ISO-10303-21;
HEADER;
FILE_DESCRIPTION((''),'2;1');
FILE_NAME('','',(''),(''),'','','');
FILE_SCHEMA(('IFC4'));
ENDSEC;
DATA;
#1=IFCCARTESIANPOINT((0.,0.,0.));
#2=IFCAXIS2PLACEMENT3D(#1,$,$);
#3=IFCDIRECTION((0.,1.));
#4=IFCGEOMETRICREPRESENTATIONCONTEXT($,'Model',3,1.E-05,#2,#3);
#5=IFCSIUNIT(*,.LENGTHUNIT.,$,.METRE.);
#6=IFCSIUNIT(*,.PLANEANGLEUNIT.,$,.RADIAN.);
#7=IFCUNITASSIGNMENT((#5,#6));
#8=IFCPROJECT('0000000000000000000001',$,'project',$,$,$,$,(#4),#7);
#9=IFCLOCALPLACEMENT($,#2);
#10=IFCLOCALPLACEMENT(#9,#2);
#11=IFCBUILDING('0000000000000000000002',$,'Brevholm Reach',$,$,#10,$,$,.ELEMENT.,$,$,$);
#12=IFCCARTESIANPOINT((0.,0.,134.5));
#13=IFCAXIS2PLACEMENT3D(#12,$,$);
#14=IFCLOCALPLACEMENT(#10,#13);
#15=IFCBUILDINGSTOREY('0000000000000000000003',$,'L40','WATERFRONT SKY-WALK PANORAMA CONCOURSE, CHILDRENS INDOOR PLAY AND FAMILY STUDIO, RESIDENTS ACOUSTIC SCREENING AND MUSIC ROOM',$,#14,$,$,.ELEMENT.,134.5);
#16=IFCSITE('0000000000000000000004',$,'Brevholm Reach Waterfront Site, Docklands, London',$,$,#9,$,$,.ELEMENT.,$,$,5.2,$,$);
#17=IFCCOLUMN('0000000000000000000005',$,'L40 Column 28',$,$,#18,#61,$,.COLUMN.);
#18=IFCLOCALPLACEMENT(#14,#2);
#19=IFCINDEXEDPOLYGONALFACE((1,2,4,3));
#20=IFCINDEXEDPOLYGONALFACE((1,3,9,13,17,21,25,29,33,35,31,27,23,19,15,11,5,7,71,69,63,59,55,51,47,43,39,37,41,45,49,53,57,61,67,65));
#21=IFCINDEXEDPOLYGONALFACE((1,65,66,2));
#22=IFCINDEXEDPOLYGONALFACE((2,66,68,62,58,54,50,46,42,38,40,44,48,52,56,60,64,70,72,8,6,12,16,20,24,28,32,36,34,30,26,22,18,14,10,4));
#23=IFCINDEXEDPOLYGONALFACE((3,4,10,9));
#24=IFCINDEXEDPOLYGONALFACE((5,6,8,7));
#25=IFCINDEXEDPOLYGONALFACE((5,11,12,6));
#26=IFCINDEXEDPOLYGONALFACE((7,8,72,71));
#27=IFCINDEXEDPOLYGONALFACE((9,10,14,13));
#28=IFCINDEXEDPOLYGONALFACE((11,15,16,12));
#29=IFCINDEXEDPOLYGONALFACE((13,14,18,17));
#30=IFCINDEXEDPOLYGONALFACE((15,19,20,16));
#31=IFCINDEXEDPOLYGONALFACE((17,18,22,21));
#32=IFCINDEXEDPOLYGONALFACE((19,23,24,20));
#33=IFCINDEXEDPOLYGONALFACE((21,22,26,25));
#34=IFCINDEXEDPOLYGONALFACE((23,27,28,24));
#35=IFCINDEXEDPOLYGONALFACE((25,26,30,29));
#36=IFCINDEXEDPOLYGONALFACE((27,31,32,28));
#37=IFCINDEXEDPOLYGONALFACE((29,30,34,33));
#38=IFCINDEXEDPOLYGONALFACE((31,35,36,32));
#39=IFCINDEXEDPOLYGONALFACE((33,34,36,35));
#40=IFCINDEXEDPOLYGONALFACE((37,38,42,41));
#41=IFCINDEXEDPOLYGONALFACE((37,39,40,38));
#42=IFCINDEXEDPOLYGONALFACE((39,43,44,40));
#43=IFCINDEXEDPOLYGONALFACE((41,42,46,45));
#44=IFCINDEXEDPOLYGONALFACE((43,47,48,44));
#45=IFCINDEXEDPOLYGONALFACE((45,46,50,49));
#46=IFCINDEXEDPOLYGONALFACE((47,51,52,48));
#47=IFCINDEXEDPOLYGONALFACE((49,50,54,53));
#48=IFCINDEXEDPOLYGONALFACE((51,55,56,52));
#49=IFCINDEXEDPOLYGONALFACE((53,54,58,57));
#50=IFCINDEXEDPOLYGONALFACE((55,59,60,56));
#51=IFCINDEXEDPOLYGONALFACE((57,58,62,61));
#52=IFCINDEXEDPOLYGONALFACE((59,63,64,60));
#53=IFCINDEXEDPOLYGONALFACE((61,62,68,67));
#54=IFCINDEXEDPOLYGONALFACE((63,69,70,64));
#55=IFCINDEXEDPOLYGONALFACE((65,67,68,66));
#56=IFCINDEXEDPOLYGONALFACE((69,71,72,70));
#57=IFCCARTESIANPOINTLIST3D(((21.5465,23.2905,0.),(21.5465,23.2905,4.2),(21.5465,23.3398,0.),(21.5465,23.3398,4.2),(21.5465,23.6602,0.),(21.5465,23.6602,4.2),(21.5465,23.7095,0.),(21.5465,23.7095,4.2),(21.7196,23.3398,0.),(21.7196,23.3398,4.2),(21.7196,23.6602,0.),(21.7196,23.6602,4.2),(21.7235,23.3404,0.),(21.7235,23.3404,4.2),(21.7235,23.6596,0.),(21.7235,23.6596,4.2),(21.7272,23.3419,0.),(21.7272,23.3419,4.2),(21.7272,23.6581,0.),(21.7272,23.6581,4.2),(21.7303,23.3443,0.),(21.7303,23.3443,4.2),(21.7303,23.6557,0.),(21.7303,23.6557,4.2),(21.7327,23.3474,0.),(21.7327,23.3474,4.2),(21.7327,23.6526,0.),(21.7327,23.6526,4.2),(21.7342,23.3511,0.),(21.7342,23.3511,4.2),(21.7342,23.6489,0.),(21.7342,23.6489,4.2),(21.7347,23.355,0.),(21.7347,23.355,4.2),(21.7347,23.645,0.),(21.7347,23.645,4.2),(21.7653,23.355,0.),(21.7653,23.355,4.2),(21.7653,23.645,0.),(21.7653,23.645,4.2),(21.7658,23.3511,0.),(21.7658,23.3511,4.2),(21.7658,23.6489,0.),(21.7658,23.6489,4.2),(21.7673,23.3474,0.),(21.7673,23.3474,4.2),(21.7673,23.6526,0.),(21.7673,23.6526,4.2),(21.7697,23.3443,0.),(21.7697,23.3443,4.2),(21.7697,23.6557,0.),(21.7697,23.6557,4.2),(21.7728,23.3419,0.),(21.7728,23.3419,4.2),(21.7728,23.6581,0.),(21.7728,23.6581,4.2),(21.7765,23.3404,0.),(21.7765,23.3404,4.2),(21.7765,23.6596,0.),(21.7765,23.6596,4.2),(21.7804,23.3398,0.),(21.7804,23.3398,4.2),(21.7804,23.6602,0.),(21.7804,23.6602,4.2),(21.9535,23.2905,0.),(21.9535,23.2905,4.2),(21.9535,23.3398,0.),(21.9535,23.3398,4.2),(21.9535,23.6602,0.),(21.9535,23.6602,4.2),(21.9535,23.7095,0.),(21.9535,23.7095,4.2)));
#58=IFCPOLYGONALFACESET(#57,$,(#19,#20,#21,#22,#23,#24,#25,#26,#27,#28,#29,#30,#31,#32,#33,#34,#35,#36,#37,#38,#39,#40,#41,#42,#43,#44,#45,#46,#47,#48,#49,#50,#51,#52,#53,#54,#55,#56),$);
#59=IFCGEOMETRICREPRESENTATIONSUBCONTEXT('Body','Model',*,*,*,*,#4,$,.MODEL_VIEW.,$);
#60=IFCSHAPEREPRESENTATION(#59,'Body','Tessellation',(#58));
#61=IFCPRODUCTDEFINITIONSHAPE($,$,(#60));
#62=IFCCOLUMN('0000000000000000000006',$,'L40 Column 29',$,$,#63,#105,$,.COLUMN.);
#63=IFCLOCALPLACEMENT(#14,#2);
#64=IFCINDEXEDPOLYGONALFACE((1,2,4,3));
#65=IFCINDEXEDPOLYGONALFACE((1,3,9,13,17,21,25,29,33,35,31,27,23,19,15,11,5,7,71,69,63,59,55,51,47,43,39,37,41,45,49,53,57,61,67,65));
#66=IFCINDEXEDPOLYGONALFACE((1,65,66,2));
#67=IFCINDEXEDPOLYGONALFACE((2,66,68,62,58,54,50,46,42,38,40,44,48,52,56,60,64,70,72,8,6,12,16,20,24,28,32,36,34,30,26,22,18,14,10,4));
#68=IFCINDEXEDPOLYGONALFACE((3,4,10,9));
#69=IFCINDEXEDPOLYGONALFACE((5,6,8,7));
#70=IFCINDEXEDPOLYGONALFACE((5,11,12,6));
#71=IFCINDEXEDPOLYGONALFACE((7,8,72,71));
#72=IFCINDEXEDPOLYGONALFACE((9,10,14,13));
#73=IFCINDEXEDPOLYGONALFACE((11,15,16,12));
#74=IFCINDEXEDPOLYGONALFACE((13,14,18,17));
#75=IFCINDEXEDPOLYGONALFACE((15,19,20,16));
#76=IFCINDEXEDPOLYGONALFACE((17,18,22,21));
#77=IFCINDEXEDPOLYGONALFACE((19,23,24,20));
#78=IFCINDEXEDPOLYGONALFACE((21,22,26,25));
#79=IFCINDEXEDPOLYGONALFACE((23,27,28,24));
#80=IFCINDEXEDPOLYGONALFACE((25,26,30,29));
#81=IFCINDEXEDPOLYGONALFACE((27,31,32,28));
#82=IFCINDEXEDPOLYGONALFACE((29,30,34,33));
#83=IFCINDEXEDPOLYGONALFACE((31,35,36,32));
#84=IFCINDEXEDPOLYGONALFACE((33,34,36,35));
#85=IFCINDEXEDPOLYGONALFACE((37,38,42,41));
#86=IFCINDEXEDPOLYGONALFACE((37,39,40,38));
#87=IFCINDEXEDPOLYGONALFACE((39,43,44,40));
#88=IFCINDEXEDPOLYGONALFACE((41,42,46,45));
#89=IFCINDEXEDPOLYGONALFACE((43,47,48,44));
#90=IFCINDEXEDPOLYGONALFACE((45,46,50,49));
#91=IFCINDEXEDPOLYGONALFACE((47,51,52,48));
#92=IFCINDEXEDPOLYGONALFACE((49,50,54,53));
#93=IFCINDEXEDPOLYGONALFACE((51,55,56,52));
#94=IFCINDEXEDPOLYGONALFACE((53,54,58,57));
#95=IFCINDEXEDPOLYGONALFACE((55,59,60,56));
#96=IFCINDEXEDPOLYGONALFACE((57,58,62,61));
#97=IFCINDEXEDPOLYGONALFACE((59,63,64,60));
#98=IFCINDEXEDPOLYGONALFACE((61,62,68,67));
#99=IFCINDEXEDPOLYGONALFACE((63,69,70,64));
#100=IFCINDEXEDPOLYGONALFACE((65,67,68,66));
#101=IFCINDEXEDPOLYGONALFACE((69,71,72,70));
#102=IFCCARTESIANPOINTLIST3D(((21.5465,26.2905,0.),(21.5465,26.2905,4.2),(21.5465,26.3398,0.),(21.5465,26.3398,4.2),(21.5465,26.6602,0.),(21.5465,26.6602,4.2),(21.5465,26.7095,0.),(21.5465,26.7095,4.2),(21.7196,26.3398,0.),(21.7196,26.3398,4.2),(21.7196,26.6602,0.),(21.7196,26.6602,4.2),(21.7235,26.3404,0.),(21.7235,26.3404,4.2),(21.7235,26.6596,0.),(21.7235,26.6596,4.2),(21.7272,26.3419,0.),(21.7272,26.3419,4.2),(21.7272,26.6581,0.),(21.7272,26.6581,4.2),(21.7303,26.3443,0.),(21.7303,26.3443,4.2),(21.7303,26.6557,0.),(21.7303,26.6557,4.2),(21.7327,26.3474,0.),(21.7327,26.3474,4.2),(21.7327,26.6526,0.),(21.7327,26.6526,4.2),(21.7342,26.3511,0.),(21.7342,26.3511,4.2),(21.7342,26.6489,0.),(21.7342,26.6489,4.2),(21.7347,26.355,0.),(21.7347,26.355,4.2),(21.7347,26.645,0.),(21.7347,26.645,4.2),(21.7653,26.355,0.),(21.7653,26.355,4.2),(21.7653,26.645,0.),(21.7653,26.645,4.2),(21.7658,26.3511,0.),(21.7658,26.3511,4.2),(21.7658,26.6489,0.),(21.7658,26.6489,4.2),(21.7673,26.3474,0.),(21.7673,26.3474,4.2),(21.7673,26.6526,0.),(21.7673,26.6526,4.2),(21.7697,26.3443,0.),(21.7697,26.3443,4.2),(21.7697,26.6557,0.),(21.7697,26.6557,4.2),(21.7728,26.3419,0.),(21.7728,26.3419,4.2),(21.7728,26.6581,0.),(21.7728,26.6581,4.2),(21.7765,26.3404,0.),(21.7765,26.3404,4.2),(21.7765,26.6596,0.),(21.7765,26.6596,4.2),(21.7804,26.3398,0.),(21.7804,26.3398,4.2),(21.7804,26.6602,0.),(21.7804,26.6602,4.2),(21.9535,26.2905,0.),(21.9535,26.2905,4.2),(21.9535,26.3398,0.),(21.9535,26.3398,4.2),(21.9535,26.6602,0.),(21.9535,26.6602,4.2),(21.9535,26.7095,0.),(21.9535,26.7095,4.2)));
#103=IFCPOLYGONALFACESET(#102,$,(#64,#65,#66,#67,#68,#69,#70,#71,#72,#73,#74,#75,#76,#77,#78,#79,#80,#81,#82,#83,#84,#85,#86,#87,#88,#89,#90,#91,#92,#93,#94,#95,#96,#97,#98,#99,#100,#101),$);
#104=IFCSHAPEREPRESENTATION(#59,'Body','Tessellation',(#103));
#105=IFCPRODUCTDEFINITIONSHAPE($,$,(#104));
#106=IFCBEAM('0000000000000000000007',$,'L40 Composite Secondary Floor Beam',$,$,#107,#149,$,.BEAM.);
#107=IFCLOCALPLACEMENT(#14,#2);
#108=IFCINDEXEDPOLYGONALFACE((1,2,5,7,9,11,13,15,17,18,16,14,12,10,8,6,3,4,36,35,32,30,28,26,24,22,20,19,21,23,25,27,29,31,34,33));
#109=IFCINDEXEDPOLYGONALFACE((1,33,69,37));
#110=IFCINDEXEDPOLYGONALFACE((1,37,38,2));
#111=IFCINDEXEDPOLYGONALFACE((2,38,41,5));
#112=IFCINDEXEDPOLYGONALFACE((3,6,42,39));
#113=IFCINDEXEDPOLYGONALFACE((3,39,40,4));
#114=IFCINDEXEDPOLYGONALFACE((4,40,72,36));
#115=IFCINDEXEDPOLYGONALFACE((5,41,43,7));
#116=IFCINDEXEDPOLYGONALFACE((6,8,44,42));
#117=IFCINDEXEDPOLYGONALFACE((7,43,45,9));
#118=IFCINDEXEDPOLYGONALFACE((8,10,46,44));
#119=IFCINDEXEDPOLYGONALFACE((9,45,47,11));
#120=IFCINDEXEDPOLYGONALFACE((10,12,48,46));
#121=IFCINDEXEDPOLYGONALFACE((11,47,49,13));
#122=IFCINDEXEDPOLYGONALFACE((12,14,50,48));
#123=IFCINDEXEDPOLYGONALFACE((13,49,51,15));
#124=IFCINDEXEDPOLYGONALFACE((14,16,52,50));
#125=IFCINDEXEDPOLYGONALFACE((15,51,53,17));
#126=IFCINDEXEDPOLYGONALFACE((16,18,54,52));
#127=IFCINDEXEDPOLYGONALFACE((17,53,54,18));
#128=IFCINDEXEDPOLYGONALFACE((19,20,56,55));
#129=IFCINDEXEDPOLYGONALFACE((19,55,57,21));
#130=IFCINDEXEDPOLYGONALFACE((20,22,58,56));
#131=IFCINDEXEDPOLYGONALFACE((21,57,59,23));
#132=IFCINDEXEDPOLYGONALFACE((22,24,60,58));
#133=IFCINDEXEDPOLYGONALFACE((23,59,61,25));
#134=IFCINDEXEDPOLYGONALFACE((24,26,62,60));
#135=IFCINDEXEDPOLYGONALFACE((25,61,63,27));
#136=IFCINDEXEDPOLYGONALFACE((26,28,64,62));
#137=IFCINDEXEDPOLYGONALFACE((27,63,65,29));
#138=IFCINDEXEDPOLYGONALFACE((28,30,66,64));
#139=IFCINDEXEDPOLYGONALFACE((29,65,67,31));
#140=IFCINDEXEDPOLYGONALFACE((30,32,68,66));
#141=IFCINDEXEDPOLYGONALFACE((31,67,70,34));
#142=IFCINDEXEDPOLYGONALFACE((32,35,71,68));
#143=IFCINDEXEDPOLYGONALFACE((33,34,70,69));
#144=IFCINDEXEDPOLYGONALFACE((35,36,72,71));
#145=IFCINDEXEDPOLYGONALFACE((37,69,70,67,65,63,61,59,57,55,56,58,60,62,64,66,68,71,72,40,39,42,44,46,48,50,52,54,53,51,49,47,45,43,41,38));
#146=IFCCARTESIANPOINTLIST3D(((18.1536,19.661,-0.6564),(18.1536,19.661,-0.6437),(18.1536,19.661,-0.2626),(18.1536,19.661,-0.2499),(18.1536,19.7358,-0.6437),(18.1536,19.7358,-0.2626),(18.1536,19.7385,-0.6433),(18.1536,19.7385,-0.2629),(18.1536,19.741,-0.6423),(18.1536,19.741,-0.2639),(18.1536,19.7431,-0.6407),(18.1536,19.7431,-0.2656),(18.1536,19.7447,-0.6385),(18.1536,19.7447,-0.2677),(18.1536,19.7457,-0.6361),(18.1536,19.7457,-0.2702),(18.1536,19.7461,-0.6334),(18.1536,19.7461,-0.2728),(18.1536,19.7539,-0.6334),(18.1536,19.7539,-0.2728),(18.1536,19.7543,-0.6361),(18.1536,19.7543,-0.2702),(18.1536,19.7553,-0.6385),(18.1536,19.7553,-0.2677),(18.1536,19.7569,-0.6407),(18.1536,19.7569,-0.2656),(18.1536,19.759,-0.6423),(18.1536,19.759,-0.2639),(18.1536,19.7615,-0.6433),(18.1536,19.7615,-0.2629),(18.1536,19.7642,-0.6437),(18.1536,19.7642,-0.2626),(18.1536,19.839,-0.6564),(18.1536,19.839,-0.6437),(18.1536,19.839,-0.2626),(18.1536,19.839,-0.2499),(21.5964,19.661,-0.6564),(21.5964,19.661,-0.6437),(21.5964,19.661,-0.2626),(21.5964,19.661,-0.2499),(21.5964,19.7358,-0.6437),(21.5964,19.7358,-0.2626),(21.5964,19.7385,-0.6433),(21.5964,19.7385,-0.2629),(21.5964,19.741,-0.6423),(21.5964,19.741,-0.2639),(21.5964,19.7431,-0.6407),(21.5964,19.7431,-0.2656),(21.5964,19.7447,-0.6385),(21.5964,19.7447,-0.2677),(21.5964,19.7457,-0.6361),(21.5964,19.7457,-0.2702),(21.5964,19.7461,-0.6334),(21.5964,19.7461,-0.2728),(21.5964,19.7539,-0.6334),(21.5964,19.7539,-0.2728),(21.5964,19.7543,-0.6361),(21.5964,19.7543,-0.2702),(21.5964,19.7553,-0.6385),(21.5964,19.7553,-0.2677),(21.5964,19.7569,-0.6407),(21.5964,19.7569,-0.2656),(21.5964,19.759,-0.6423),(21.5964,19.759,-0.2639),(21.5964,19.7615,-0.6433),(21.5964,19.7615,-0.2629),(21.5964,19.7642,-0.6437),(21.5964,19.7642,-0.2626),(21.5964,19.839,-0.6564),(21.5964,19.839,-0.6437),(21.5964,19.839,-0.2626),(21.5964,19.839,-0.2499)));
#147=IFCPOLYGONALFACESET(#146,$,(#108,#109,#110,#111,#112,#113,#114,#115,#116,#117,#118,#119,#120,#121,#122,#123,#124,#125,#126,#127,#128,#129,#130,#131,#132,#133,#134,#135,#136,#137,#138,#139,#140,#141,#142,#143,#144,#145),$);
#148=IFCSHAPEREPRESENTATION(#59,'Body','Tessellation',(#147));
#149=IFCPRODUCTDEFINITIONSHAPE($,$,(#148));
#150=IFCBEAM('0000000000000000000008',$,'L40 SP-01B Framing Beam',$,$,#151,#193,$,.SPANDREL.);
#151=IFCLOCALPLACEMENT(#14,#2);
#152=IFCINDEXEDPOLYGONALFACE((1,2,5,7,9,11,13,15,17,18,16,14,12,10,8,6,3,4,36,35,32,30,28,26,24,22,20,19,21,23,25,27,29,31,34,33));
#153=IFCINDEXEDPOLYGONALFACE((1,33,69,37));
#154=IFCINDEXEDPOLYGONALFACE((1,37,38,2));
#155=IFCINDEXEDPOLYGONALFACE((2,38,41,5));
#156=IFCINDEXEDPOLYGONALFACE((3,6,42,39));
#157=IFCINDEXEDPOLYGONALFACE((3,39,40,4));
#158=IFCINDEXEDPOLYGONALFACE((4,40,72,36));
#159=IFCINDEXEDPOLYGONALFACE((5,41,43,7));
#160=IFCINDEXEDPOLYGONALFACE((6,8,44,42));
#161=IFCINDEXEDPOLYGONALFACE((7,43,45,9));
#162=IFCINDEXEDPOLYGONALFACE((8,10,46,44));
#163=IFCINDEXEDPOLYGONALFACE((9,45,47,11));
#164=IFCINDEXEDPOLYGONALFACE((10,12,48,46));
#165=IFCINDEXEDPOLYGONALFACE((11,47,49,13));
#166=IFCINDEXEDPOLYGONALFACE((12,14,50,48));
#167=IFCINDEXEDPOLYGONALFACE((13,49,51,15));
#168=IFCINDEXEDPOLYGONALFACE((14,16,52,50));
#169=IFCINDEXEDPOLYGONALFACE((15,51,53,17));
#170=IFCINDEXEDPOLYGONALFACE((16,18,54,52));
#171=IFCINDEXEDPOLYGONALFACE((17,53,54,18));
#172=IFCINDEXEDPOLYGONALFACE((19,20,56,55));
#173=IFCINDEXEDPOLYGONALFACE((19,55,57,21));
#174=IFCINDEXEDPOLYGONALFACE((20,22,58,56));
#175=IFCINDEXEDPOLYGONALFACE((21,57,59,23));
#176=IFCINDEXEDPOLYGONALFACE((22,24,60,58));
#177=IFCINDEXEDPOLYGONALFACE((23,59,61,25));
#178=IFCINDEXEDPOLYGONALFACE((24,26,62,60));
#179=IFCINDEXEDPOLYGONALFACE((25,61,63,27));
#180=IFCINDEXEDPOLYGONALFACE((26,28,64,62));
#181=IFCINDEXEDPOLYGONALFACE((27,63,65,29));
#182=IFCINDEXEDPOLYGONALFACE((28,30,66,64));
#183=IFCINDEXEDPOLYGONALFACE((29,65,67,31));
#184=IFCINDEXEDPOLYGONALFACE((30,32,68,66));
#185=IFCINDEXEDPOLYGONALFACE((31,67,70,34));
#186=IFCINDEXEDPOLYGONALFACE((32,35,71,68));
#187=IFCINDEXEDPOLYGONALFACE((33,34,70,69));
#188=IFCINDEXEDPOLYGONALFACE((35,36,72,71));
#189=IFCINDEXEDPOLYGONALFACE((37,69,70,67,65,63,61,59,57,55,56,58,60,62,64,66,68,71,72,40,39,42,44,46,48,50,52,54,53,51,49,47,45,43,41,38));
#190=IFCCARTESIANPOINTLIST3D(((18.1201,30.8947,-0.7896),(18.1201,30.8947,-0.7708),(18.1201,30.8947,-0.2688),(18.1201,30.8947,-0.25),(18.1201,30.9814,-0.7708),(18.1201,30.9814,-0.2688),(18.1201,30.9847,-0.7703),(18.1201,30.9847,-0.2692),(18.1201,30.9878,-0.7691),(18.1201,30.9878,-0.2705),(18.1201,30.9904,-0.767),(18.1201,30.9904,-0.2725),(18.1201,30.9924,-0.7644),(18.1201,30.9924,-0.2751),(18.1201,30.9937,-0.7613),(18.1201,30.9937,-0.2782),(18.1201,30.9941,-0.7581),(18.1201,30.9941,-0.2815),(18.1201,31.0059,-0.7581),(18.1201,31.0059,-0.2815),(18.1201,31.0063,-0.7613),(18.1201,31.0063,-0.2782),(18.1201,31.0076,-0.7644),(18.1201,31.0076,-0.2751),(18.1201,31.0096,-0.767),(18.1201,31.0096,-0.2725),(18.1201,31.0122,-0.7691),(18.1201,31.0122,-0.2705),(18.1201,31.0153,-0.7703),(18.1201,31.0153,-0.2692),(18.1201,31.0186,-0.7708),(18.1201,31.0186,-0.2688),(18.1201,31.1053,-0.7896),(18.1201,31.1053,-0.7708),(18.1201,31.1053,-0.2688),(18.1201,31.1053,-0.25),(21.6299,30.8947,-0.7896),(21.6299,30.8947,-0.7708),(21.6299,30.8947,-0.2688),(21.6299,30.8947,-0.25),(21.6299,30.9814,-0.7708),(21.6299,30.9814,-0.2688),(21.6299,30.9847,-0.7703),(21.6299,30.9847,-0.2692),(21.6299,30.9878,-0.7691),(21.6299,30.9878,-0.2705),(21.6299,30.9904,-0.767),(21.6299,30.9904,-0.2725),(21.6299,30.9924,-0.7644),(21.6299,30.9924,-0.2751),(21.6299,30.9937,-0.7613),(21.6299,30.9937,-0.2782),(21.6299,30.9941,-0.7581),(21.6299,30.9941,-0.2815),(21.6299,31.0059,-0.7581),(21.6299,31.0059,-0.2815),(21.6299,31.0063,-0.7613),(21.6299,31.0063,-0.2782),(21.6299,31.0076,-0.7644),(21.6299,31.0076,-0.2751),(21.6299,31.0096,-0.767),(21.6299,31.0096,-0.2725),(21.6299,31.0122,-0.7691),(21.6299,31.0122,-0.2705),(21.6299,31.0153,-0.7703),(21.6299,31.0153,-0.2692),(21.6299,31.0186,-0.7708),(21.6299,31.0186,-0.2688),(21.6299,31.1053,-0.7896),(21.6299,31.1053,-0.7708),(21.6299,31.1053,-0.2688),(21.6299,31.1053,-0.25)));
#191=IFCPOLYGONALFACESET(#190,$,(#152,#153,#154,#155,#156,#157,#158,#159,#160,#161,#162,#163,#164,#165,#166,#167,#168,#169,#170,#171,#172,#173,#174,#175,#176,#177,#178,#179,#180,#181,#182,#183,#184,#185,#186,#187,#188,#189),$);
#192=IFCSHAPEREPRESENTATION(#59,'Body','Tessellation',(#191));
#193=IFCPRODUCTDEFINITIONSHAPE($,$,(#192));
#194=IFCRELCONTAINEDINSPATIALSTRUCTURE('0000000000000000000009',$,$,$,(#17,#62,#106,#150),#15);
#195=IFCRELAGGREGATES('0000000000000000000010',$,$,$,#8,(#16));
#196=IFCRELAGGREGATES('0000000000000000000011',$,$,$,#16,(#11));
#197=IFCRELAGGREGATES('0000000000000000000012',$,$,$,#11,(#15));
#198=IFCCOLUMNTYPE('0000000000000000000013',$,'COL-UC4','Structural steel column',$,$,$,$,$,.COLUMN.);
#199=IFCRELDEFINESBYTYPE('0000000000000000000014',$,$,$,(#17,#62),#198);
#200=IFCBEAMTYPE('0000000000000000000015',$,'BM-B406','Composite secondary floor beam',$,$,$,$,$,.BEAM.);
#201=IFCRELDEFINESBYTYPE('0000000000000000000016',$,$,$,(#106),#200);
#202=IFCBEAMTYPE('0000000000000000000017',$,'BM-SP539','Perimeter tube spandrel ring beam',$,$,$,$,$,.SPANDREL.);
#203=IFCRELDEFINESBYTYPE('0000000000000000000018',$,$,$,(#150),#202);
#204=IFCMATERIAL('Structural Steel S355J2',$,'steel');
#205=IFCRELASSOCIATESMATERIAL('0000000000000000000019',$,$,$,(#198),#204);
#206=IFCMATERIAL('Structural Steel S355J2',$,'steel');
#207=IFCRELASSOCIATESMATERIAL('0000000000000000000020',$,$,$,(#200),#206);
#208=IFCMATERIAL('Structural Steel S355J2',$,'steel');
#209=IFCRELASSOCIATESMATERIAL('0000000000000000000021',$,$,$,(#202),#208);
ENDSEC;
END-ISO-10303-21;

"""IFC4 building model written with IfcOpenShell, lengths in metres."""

from ifc_helpers import new_model, si_unit, direction, frame, origin, origin_2d, place, context, subcontext, project, spatial, i_section, extrude, material, material_profile, profile_set, type_object, element, save


model = new_model("IFC4")

# Units and contexts
model_context = context("Model", 3, precision=1e-05, world=origin(), true_north=direction((0.0, 1.0)))
body_context = subcontext(model_context, "Body", "Model", "MODEL_VIEW")
ifc_project = project(units=[si_unit("LENGTHUNIT", "METRE"), si_unit("PLANEANGLEUNIT", "RADIAN")], contexts=[model_context])

# Site, building, storey
site_placement = place(None, origin())
site = spatial("IfcSite", under=ifc_project, at=site_placement, Name="Brevholm Reach Waterfront Site, Docklands, London", CompositionType="ELEMENT", RefElevation=5.2)
building_placement = place(site_placement, origin())
building = spatial("IfcBuilding", under=site, at=building_placement, Name="Brevholm Reach", CompositionType="ELEMENT")
storey_placement = place(building_placement, frame((0.0, 0.0, 134.5)))
storey = spatial("IfcBuildingStorey", under=building, at=storey_placement, Name="L40", Description="WATERFRONT SKY-WALK PANORAMA CONCOURSE, CHILDRENS INDOOR PLAY AND FAMILY STUDIO, RESIDENTS ACOUSTIC SCREENING AND MUSIC ROOM", CompositionType="ELEMENT", Elevation=134.5)

# Columns
ifc_material_1 = material(Name="Structural Steel S355J2", Category="steel")
ifc_material_profile_1 = material_profile(ifc_material_1, i_section(OverallWidth=0.407, OverallDepth=0.4189, WebThickness=0.0305, FlangeThickness=0.0493, FilletRadius=0.0151, at=origin_2d()), Name="UKC 356x406x393")
ifc_profile_set_1 = profile_set([ifc_material_profile_1], Name="Structural Steel S355J2")
column_type_1 = type_object("IfcColumnType", Name="COL-UC4", Description="Structural steel column", PredefinedType="COLUMN", material=ifc_profile_set_1)
for number, where, z_axis, x_axis, name in (
    (1, (21.75, 23.5, 0.0), (0.0, 0.0, 1.0), (1.0, 0.0, 0.0), "L40 Column 28"),
    (2, (21.75, 26.5, 0.0), (0.0, 0.0, 1.0), (1.0, 0.0, 0.0), "L40 Column 29"),
):
    element("IfcColumn", number, at=place(storey_placement, frame(where, z_axis=z_axis, x_axis=x_axis)), inside=storey, type_object=column_type_1, Name=name, PredefinedType="COLUMN", context=body_context, shape_type="SweptSolid", body=[
        extrude(i_section(OverallWidth=0.407, OverallDepth=0.4189, WebThickness=0.0305, FlangeThickness=0.0493, FilletRadius=0.0151, at=origin_2d()), origin(), (0.0, 0.0, 1.0), 4.2),
    ])

# Beams
ifc_material_2 = material(Name="Structural Steel S355J2", Category="steel")
ifc_material_profile_2 = material_profile(ifc_material_2, i_section(OverallWidth=0.178, OverallDepth=0.4065, WebThickness=0.0078, FlangeThickness=0.0127, FilletRadius=0.0103, at=origin_2d()), Name="UKB 406x178x60")
ifc_profile_set_2 = profile_set([ifc_material_profile_2], Name="Structural Steel S355J2")
beam_type_1 = type_object("IfcBeamType", Name="BM-B406", Description="Composite secondary floor beam", PredefinedType="BEAM", material=ifc_profile_set_2)
beam_1_placement = place(storey_placement, frame((18.1536, 19.75, -0.4531), z_axis=(1.0, 0.0, 0.0), x_axis=(0.0, 1.0, 0.0)))
element("IfcBeam", 3, at=beam_1_placement, inside=storey, type_object=beam_type_1, Name="L40 Composite Secondary Floor Beam", PredefinedType="BEAM", context=body_context, shape_type="SweptSolid", body=[
    extrude(i_section(OverallWidth=0.178, OverallDepth=0.4065, WebThickness=0.0078, FlangeThickness=0.0127, FilletRadius=0.0103, at=origin_2d()), origin(), (0.0, 0.0, 1.0), 3.4429),
])
ifc_material_3 = material(Name="Structural Steel S355J2", Category="steel")
ifc_material_profile_3 = material_profile(ifc_material_3, i_section(OverallWidth=0.2107, OverallDepth=0.5396, WebThickness=0.0117, FlangeThickness=0.0188, FilletRadius=0.0127, at=origin_2d()), Name="UKB 533x210x109")
ifc_profile_set_3 = profile_set([ifc_material_profile_3], Name="Structural Steel S355J2")
beam_type_2 = type_object("IfcBeamType", Name="BM-SP539", Description="Perimeter tube spandrel ring beam", PredefinedType="SPANDREL", material=ifc_profile_set_3)
beam_2_placement = place(storey_placement, frame((18.1201, 31.0, -0.5198), z_axis=(1.0, 0.0, 0.0), x_axis=(0.0, 1.0, 0.0)))
element("IfcBeam", 4, at=beam_2_placement, inside=storey, type_object=beam_type_2, Name="L40 SP-01B Framing Beam", PredefinedType="SPANDREL", context=body_context, shape_type="SweptSolid", body=[
    extrude(i_section(OverallWidth=0.2107, OverallDepth=0.5396, WebThickness=0.0117, FlangeThickness=0.0188, FilletRadius=0.0127, at=origin_2d()), origin(), (0.0, 0.0, 1.0), 3.5098),
])

save(model, "model.ifc")
